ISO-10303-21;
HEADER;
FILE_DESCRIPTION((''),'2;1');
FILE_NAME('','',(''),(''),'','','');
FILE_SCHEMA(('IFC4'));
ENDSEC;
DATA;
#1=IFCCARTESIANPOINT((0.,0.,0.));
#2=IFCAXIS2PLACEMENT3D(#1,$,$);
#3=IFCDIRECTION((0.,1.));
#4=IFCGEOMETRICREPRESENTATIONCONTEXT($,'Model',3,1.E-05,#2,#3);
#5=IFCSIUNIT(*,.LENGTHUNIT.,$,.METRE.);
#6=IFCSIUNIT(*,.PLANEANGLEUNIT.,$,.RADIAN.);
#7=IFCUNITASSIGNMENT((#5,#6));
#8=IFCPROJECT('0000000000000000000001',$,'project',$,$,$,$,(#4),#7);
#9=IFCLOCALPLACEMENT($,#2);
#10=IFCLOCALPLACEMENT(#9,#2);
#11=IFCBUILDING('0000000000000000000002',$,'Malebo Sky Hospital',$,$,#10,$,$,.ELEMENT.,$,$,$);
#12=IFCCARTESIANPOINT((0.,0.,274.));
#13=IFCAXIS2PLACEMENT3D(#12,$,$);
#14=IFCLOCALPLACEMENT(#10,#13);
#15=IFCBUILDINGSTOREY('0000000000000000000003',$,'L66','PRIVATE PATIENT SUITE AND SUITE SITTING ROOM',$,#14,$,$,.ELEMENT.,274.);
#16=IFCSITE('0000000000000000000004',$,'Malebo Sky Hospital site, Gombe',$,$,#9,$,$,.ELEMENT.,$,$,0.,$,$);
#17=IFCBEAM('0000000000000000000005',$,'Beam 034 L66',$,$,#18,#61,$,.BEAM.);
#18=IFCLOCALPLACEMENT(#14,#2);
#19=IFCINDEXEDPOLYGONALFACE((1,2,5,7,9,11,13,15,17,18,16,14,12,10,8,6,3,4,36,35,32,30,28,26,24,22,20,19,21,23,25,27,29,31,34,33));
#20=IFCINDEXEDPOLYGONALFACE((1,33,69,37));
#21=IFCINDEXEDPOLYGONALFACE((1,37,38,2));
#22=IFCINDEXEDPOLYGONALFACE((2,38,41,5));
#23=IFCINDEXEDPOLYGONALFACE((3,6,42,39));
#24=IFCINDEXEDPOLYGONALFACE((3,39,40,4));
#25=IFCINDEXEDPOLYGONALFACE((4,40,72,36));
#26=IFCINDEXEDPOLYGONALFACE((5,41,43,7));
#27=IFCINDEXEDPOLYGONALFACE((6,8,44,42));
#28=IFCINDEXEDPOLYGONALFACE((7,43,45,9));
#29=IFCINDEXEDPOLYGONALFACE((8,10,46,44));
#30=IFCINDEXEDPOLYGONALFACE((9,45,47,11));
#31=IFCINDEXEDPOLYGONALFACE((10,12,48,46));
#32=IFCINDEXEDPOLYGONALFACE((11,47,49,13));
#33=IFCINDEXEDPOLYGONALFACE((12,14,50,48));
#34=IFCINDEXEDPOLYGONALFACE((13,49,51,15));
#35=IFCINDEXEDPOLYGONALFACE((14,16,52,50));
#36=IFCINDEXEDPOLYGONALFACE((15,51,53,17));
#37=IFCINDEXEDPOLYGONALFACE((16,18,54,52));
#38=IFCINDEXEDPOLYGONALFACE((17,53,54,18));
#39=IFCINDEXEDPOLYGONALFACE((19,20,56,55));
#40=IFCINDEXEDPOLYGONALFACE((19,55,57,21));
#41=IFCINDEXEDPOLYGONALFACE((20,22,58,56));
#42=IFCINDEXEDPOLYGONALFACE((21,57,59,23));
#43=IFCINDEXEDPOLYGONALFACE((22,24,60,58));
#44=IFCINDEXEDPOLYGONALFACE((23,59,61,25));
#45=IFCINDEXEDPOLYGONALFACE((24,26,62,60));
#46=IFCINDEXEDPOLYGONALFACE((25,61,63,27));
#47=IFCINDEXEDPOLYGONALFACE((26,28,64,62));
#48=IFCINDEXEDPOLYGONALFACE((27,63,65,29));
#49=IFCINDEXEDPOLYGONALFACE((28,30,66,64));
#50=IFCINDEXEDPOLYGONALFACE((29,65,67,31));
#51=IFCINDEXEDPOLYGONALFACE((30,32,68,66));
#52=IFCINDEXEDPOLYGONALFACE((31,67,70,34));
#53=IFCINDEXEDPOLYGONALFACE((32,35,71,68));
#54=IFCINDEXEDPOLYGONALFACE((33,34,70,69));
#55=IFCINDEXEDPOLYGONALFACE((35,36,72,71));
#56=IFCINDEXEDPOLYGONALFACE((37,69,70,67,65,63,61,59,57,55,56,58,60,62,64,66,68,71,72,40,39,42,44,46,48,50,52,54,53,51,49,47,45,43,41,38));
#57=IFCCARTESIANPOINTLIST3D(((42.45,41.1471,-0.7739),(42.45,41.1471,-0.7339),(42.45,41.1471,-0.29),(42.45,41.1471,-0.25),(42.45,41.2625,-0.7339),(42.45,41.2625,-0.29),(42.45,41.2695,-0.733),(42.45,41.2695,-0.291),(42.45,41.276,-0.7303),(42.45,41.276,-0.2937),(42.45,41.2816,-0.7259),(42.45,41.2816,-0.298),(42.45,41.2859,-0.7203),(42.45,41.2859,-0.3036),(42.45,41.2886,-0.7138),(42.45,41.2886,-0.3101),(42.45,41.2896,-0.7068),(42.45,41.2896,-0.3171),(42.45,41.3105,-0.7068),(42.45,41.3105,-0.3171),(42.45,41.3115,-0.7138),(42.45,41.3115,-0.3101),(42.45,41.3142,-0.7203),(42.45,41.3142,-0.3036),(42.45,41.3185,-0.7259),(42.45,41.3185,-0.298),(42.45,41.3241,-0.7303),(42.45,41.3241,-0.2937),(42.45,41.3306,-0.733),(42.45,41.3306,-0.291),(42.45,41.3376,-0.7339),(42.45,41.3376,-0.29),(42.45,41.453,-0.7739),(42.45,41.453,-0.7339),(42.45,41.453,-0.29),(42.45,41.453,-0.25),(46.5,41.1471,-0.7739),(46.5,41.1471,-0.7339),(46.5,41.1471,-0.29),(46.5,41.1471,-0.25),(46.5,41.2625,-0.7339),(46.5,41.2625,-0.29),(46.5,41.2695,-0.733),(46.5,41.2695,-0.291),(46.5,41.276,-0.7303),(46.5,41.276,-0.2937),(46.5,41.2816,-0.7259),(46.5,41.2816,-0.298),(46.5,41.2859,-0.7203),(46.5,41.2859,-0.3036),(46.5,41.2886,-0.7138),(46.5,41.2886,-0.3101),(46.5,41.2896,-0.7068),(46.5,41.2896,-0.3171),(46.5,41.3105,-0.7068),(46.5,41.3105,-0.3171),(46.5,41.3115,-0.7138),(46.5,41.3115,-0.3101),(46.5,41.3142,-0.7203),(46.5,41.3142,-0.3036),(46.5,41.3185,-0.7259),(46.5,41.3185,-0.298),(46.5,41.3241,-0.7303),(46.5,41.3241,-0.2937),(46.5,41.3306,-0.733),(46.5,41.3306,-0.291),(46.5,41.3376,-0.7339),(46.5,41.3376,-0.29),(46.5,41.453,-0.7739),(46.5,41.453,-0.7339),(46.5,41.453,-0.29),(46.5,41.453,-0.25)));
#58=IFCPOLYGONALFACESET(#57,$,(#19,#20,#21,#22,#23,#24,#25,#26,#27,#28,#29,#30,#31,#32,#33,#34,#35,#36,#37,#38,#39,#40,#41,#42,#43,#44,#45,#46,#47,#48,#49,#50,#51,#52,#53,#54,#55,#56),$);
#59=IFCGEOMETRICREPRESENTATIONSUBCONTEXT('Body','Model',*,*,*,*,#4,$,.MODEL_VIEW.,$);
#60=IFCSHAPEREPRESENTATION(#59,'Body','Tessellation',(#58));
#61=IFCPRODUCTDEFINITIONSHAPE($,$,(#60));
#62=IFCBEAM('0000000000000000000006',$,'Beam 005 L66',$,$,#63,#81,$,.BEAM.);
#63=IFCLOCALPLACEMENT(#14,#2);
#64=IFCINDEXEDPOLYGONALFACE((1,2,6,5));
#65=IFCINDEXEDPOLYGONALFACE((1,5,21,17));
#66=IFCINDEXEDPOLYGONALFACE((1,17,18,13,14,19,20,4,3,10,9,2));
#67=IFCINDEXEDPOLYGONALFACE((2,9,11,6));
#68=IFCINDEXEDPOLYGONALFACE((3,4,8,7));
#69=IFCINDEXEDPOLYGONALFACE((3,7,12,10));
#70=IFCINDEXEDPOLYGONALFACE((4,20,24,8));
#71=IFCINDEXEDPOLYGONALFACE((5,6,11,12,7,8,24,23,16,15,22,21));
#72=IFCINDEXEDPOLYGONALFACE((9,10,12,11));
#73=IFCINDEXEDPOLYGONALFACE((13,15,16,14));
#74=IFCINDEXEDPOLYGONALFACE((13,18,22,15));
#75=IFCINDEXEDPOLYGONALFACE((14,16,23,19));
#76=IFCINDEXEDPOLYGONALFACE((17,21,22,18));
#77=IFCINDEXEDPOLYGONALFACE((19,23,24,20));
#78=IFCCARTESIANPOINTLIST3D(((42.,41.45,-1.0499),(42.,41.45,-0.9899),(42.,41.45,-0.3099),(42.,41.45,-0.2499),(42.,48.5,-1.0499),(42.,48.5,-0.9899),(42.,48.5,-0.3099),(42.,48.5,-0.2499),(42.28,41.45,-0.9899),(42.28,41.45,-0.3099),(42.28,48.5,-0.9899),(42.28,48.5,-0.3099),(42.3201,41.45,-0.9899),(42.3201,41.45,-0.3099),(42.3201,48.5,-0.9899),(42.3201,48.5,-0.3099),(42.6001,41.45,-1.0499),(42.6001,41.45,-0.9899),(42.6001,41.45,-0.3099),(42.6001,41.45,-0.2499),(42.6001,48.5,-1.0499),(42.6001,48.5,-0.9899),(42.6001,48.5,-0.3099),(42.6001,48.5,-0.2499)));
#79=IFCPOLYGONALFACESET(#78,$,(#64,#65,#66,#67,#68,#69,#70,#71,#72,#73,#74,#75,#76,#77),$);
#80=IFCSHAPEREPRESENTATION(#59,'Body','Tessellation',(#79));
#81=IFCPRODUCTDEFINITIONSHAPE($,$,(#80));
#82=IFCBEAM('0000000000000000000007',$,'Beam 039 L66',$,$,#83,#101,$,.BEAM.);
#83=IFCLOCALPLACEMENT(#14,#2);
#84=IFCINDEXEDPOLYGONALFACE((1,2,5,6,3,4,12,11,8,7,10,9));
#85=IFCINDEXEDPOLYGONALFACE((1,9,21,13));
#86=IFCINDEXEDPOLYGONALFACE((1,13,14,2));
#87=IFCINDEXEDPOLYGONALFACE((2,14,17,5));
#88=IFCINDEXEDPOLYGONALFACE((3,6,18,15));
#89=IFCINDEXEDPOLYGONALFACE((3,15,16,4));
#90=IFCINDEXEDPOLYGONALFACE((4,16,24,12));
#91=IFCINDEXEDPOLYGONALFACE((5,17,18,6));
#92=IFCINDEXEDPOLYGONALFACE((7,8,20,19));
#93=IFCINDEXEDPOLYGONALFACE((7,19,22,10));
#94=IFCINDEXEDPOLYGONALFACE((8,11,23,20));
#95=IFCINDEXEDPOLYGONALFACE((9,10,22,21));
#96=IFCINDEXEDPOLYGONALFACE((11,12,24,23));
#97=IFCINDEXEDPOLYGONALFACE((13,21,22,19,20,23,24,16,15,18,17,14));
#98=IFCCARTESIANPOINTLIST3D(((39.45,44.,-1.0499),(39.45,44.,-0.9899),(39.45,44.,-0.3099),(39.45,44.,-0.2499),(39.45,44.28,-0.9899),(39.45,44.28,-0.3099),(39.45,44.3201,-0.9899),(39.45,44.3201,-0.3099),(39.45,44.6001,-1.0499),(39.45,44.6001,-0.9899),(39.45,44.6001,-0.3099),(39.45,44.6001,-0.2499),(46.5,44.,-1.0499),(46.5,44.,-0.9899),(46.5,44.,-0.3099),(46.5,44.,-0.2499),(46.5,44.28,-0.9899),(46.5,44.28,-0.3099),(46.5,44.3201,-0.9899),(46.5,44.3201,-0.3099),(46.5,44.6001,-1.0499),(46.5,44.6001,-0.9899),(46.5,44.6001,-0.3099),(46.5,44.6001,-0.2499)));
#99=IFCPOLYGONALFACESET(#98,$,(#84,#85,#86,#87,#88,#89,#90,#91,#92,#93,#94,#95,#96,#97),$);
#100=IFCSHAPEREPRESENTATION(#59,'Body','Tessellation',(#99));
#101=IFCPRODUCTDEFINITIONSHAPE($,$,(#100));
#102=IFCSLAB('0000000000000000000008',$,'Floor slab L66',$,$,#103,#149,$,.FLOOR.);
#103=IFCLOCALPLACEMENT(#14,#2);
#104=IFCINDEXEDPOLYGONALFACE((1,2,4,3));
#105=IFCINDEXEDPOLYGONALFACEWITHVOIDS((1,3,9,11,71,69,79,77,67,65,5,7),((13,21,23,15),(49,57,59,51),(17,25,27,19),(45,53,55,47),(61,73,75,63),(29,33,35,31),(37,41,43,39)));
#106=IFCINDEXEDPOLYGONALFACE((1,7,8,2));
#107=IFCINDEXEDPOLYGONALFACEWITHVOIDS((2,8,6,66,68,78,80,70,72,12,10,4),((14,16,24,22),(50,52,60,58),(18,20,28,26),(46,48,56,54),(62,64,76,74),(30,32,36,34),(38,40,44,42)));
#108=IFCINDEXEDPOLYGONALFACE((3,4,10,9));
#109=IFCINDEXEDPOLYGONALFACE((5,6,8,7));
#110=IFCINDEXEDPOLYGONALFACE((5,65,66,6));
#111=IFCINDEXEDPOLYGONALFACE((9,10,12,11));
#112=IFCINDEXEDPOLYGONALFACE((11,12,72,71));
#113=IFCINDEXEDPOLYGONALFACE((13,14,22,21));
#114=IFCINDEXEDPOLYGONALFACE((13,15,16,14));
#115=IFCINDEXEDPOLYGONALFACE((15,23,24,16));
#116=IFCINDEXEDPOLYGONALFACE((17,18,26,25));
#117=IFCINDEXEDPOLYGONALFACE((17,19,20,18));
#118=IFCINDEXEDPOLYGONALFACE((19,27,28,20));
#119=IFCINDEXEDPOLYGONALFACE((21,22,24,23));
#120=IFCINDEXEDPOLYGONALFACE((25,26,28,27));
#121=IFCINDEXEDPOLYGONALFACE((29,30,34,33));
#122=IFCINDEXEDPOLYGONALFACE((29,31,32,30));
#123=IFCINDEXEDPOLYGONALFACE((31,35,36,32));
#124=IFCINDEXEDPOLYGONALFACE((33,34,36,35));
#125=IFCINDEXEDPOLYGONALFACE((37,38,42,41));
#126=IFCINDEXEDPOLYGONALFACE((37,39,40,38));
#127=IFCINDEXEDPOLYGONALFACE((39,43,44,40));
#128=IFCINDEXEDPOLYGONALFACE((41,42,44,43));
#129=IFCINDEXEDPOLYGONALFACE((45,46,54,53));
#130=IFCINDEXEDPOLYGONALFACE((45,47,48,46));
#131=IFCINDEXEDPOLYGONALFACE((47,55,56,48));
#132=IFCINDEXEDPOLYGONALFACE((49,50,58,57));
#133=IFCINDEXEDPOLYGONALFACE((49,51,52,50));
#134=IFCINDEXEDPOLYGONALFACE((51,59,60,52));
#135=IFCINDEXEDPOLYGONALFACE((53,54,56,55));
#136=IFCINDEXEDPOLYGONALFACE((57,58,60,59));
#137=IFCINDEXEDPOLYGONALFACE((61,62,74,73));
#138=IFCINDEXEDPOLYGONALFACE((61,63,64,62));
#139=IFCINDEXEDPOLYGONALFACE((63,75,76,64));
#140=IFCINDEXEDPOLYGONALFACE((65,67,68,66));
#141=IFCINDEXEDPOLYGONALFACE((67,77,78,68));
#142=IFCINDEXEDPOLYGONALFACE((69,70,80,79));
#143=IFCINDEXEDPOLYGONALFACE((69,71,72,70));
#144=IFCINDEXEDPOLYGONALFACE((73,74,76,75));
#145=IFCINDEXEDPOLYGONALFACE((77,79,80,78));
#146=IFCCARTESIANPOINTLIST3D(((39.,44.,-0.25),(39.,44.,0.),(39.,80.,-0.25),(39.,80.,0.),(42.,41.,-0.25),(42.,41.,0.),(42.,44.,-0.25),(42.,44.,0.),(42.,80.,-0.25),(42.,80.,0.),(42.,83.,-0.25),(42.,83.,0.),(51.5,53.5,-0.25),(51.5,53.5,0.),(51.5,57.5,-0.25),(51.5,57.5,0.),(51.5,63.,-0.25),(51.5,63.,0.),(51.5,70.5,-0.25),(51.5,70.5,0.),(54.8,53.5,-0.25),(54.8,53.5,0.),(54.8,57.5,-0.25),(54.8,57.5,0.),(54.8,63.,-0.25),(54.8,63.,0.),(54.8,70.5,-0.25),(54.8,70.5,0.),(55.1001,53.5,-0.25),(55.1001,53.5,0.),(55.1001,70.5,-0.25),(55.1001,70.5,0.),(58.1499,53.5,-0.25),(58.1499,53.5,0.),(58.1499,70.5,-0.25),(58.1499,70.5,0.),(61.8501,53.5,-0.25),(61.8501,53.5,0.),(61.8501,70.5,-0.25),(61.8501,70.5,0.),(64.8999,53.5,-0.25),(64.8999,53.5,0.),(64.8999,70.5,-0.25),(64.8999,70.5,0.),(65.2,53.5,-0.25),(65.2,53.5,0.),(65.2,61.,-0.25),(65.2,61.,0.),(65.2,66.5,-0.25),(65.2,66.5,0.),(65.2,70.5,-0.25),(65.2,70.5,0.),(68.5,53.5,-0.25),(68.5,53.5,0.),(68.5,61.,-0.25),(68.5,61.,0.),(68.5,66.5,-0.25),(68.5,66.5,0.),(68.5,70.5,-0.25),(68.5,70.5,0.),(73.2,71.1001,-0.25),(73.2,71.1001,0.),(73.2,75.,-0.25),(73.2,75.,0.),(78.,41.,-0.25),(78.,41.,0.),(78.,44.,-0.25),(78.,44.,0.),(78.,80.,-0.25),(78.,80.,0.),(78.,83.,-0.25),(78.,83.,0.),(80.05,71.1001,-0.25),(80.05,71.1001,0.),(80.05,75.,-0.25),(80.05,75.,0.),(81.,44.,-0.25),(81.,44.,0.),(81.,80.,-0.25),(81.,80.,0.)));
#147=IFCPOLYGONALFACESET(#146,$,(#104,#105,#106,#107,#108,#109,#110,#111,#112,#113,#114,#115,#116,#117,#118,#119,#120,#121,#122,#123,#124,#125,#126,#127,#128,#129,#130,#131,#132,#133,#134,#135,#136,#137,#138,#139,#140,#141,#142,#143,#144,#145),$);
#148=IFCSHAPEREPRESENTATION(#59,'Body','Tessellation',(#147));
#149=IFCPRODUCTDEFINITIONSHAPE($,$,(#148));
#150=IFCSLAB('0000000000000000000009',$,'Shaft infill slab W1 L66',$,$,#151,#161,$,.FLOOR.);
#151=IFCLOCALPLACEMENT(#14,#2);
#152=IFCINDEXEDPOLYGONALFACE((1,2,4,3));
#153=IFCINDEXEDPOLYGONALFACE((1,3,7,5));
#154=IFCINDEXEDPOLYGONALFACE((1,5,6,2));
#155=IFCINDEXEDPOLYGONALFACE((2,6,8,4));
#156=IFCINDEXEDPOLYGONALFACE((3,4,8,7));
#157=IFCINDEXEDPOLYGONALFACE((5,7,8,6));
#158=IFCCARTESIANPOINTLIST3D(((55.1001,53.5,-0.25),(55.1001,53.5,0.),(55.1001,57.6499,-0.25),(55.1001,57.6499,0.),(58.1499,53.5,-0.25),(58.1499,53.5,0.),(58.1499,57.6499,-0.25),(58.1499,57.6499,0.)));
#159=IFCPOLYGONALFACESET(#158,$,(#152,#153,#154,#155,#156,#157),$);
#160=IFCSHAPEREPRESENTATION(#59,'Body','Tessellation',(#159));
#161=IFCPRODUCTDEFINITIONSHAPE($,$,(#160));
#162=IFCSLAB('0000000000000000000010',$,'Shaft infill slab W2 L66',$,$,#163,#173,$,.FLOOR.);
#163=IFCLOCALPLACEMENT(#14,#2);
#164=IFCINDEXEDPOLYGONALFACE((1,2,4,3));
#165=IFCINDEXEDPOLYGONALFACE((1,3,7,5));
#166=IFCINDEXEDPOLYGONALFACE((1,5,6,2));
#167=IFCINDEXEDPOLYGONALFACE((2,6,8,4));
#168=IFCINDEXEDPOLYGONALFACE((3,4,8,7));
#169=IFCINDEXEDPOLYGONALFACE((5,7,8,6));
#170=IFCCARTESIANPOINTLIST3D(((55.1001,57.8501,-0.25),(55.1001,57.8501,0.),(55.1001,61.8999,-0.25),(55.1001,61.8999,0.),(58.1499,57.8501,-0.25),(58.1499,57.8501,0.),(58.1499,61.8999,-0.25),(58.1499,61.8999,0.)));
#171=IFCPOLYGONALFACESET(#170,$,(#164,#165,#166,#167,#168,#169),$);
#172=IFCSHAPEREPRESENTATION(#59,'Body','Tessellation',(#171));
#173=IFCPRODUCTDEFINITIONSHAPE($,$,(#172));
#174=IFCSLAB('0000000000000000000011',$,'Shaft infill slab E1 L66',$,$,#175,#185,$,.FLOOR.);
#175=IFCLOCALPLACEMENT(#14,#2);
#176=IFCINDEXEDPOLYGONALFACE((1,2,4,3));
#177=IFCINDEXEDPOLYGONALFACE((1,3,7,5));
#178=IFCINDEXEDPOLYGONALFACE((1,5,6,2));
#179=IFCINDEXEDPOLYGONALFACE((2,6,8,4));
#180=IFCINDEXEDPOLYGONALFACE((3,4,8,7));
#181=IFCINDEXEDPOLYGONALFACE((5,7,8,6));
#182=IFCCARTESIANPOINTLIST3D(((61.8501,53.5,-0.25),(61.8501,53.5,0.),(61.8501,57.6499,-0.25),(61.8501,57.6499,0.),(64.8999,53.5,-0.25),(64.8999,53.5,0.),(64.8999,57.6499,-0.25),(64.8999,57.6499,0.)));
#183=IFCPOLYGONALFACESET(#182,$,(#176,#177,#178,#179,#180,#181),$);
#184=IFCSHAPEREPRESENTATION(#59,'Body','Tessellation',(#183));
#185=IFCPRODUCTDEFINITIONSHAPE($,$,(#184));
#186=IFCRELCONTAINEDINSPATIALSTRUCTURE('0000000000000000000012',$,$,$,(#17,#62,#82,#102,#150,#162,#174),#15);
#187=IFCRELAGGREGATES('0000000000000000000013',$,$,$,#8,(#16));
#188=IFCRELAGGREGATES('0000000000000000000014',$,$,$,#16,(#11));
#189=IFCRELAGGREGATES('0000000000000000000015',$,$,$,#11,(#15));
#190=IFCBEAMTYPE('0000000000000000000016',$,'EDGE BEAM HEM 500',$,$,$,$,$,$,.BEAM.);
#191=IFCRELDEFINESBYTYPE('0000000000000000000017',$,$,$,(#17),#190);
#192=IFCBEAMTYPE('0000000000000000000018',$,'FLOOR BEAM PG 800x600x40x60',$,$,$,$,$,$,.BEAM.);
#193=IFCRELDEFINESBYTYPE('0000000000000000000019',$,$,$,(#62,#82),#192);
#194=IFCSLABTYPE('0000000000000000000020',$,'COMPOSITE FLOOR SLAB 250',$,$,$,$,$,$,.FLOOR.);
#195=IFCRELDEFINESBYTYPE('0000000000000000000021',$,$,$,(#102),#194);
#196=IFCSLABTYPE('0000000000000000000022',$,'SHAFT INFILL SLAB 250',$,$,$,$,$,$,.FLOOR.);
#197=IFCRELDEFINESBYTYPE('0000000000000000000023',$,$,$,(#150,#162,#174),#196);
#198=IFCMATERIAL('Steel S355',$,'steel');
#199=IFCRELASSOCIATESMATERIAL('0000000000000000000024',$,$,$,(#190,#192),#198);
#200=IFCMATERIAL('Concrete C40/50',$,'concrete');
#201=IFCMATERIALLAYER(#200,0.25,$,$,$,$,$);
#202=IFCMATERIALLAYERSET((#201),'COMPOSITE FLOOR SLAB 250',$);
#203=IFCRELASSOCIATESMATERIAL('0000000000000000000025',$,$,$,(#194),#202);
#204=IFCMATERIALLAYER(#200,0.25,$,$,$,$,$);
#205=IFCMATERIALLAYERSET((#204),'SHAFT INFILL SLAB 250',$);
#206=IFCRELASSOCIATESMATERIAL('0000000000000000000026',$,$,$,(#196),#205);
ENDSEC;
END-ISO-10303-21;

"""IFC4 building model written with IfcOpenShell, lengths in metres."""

from ifc_helpers import new_model, si_unit, direction, frame, origin, origin_2d, place, context, subcontext, project, spatial, polyline, i_section, outline, extrude, material, layer, layer_set, material_profile, profile_set, type_object, element, save


model = new_model("IFC4")

# Units and contexts
model_context = context("Model", 3, precision=1e-05, world=origin(), true_north=direction((0.0, 1.0)))
body_context = subcontext(model_context, "Body", "Model", "MODEL_VIEW")
ifc_project = project(units=[si_unit("LENGTHUNIT", "METRE"), si_unit("PLANEANGLEUNIT", "RADIAN")], contexts=[model_context])

# Site, building, storey
site_placement = place(None, origin())
site = spatial("IfcSite", under=ifc_project, at=site_placement, Name="Malebo Sky Hospital site, Gombe", CompositionType="ELEMENT", RefElevation=0.0)
building_placement = place(site_placement, origin())
building = spatial("IfcBuilding", under=site, at=building_placement, Name="Malebo Sky Hospital", CompositionType="ELEMENT")
storey_placement = place(building_placement, frame((0.0, 0.0, 274.0)))
storey = spatial("IfcBuildingStorey", under=building, at=storey_placement, Name="L66", Description="PRIVATE PATIENT SUITE AND SUITE SITTING ROOM", CompositionType="ELEMENT", Elevation=274.0)

# Beams
ifc_material_1 = material(Name="Steel S355", Category="steel")
ifc_material_profile_1 = material_profile(ifc_material_1, i_section(OverallWidth=0.3059, OverallDepth=0.5239, WebThickness=0.021, FlangeThickness=0.04, FilletRadius=0.0271, at=origin_2d()), Name="HEM 500")
ifc_profile_set_1 = profile_set([ifc_material_profile_1], Name="Steel S355")
beam_type_1 = type_object("IfcBeamType", Name="EDGE BEAM HEM 500", PredefinedType="BEAM", material=ifc_profile_set_1)
for number, where, z_axis, x_axis, name in (
    (1, (42.45, 41.3, -0.512), (1.0, 0.0, 0.0), (0.0, 1.0, 0.0), "Beam 034 L66"),
):
    element("IfcBeam", number, at=place(storey_placement, frame(where, z_axis=z_axis, x_axis=x_axis)), inside=storey, type_object=beam_type_1, Name=name, PredefinedType="BEAM", context=body_context, shape_type="SweptSolid", body=[
        extrude(i_section(OverallWidth=0.3059, OverallDepth=0.5239, WebThickness=0.021, FlangeThickness=0.04, FilletRadius=0.0271, at=origin_2d()), origin(), (0.0, 0.0, 1.0), 4.05),
    ])
ifc_material_profile_2 = material_profile(ifc_material_1, i_section(OverallWidth=0.6001, OverallDepth=0.8, WebThickness=0.04, FlangeThickness=0.0601, at=origin_2d()), Name="PG 800x600x40x60")
ifc_profile_set_2 = profile_set([ifc_material_profile_2], Name="Steel S355")
beam_type_2 = type_object("IfcBeamType", Name="FLOOR BEAM PG 800x600x40x60", PredefinedType="BEAM", material=ifc_profile_set_2)
for number, where, z_axis, x_axis, name in (
    (2, (42.3, 41.45, -0.6499), (0.0, 1.0, 0.0), (-1.0, 0.0, 0.0), "Beam 005 L66"),
    (3, (39.45, 44.3, -0.6499), (1.0, 0.0, 0.0), (0.0, 1.0, 0.0), "Beam 039 L66"),
):
    element("IfcBeam", number, at=place(storey_placement, frame(where, z_axis=z_axis, x_axis=x_axis)), inside=storey, type_object=beam_type_2, Name=name, PredefinedType="BEAM", context=body_context, shape_type="SweptSolid", body=[
        extrude(i_section(OverallWidth=0.6001, OverallDepth=0.8, WebThickness=0.04, FlangeThickness=0.0601, at=origin_2d()), origin(), (0.0, 0.0, 1.0), 7.05),
    ])

# Slabs
ifc_material_2 = material(Name="Concrete C40/50", Category="concrete")
ifc_layer_1 = layer(ifc_material_2, 0.25)
ifc_layer_set_1 = layer_set([ifc_layer_1], Name="COMPOSITE FLOOR SLAB 250")
slab_type_1 = type_object("IfcSlabType", Name="COMPOSITE FLOOR SLAB 250", PredefinedType="FLOOR", material=ifc_layer_set_1)
slab_1_placement = place(storey_placement, frame((0.0, 0.0, -0.25)))
element("IfcSlab", 4, at=slab_1_placement, inside=storey, type_object=slab_type_1, Name="Floor slab L66", PredefinedType="FLOOR", context=body_context, shape_type="SweptSolid", body=[
    extrude(outline(polyline([(42.0, 83.0), (42.0, 80.0), (39.0, 80.0), (39.0, 44.0), (42.0, 44.0), (42.0, 41.0), (78.0, 41.0), (78.0, 44.0), (81.0, 44.0), (81.0, 80.0), (78.0, 80.0), (78.0, 83.0), (42.0, 83.0)]), holes=[polyline([(55.1001, 70.5), (58.1499, 70.5), (58.1499, 53.5), (55.1001, 53.5), (55.1001, 70.5)]), polyline([(64.8999, 70.5), (64.8999, 53.5), (61.8501, 53.5), (61.8501, 70.5), (64.8999, 70.5)]), polyline([(54.8, 63.0), (51.5, 63.0), (51.5, 70.5), (54.8, 70.5), (54.8, 63.0)]), polyline([(51.5, 53.5), (51.5, 57.5), (54.8, 57.5), (54.8, 53.5), (51.5, 53.5)]), polyline([(65.2, 61.0), (68.5, 61.0), (68.5, 53.5), (65.2, 53.5), (65.2, 61.0)]), polyline([(68.5, 70.5), (68.5, 66.5), (65.2, 66.5), (65.2, 70.5), (68.5, 70.5)]), polyline([(80.05, 71.1001), (73.2, 71.1001), (73.2, 75.0), (80.05, 75.0), (80.05, 71.1001)])]), origin(), (0.0, 0.0, 1.0), 0.25),
])
ifc_layer_2 = layer(ifc_material_2, 0.25)
ifc_layer_set_2 = layer_set([ifc_layer_2], Name="SHAFT INFILL SLAB 250")
slab_type_2 = type_object("IfcSlabType", Name="SHAFT INFILL SLAB 250", PredefinedType="FLOOR", material=ifc_layer_set_2)
slab_2_placement = place(storey_placement, frame((0.0, 0.0, -0.25)))
element("IfcSlab", 5, at=slab_2_placement, inside=storey, type_object=slab_type_2, Name="Shaft infill slab W1 L66", PredefinedType="FLOOR", context=body_context, shape_type="SweptSolid", body=[
    extrude(outline(polyline([(55.1001, 53.5), (58.1499, 53.5), (58.1499, 57.6499), (55.1001, 57.6499), (55.1001, 53.5)])), origin(), (0.0, 0.0, 1.0), 0.25),
])
slab_3_placement = place(storey_placement, frame((0.0, 0.0, -0.25)))
element("IfcSlab", 6, at=slab_3_placement, inside=storey, type_object=slab_type_2, Name="Shaft infill slab W2 L66", PredefinedType="FLOOR", context=body_context, shape_type="SweptSolid", body=[
    extrude(outline(polyline([(55.1001, 57.8501), (58.1499, 57.8501), (58.1499, 61.8999), (55.1001, 61.8999), (55.1001, 57.8501)])), origin(), (0.0, 0.0, 1.0), 0.25),
])
slab_4_placement = place(storey_placement, frame((0.0, 0.0, -0.25)))
element("IfcSlab", 7, at=slab_4_placement, inside=storey, type_object=slab_type_2, Name="Shaft infill slab E1 L66", PredefinedType="FLOOR", context=body_context, shape_type="SweptSolid", body=[
    extrude(outline(polyline([(61.8501, 53.5), (64.8999, 53.5), (64.8999, 57.6499), (61.8501, 57.6499), (61.8501, 53.5)])), origin(), (0.0, 0.0, 1.0), 0.25),
])

save(model, "model.ifc")
